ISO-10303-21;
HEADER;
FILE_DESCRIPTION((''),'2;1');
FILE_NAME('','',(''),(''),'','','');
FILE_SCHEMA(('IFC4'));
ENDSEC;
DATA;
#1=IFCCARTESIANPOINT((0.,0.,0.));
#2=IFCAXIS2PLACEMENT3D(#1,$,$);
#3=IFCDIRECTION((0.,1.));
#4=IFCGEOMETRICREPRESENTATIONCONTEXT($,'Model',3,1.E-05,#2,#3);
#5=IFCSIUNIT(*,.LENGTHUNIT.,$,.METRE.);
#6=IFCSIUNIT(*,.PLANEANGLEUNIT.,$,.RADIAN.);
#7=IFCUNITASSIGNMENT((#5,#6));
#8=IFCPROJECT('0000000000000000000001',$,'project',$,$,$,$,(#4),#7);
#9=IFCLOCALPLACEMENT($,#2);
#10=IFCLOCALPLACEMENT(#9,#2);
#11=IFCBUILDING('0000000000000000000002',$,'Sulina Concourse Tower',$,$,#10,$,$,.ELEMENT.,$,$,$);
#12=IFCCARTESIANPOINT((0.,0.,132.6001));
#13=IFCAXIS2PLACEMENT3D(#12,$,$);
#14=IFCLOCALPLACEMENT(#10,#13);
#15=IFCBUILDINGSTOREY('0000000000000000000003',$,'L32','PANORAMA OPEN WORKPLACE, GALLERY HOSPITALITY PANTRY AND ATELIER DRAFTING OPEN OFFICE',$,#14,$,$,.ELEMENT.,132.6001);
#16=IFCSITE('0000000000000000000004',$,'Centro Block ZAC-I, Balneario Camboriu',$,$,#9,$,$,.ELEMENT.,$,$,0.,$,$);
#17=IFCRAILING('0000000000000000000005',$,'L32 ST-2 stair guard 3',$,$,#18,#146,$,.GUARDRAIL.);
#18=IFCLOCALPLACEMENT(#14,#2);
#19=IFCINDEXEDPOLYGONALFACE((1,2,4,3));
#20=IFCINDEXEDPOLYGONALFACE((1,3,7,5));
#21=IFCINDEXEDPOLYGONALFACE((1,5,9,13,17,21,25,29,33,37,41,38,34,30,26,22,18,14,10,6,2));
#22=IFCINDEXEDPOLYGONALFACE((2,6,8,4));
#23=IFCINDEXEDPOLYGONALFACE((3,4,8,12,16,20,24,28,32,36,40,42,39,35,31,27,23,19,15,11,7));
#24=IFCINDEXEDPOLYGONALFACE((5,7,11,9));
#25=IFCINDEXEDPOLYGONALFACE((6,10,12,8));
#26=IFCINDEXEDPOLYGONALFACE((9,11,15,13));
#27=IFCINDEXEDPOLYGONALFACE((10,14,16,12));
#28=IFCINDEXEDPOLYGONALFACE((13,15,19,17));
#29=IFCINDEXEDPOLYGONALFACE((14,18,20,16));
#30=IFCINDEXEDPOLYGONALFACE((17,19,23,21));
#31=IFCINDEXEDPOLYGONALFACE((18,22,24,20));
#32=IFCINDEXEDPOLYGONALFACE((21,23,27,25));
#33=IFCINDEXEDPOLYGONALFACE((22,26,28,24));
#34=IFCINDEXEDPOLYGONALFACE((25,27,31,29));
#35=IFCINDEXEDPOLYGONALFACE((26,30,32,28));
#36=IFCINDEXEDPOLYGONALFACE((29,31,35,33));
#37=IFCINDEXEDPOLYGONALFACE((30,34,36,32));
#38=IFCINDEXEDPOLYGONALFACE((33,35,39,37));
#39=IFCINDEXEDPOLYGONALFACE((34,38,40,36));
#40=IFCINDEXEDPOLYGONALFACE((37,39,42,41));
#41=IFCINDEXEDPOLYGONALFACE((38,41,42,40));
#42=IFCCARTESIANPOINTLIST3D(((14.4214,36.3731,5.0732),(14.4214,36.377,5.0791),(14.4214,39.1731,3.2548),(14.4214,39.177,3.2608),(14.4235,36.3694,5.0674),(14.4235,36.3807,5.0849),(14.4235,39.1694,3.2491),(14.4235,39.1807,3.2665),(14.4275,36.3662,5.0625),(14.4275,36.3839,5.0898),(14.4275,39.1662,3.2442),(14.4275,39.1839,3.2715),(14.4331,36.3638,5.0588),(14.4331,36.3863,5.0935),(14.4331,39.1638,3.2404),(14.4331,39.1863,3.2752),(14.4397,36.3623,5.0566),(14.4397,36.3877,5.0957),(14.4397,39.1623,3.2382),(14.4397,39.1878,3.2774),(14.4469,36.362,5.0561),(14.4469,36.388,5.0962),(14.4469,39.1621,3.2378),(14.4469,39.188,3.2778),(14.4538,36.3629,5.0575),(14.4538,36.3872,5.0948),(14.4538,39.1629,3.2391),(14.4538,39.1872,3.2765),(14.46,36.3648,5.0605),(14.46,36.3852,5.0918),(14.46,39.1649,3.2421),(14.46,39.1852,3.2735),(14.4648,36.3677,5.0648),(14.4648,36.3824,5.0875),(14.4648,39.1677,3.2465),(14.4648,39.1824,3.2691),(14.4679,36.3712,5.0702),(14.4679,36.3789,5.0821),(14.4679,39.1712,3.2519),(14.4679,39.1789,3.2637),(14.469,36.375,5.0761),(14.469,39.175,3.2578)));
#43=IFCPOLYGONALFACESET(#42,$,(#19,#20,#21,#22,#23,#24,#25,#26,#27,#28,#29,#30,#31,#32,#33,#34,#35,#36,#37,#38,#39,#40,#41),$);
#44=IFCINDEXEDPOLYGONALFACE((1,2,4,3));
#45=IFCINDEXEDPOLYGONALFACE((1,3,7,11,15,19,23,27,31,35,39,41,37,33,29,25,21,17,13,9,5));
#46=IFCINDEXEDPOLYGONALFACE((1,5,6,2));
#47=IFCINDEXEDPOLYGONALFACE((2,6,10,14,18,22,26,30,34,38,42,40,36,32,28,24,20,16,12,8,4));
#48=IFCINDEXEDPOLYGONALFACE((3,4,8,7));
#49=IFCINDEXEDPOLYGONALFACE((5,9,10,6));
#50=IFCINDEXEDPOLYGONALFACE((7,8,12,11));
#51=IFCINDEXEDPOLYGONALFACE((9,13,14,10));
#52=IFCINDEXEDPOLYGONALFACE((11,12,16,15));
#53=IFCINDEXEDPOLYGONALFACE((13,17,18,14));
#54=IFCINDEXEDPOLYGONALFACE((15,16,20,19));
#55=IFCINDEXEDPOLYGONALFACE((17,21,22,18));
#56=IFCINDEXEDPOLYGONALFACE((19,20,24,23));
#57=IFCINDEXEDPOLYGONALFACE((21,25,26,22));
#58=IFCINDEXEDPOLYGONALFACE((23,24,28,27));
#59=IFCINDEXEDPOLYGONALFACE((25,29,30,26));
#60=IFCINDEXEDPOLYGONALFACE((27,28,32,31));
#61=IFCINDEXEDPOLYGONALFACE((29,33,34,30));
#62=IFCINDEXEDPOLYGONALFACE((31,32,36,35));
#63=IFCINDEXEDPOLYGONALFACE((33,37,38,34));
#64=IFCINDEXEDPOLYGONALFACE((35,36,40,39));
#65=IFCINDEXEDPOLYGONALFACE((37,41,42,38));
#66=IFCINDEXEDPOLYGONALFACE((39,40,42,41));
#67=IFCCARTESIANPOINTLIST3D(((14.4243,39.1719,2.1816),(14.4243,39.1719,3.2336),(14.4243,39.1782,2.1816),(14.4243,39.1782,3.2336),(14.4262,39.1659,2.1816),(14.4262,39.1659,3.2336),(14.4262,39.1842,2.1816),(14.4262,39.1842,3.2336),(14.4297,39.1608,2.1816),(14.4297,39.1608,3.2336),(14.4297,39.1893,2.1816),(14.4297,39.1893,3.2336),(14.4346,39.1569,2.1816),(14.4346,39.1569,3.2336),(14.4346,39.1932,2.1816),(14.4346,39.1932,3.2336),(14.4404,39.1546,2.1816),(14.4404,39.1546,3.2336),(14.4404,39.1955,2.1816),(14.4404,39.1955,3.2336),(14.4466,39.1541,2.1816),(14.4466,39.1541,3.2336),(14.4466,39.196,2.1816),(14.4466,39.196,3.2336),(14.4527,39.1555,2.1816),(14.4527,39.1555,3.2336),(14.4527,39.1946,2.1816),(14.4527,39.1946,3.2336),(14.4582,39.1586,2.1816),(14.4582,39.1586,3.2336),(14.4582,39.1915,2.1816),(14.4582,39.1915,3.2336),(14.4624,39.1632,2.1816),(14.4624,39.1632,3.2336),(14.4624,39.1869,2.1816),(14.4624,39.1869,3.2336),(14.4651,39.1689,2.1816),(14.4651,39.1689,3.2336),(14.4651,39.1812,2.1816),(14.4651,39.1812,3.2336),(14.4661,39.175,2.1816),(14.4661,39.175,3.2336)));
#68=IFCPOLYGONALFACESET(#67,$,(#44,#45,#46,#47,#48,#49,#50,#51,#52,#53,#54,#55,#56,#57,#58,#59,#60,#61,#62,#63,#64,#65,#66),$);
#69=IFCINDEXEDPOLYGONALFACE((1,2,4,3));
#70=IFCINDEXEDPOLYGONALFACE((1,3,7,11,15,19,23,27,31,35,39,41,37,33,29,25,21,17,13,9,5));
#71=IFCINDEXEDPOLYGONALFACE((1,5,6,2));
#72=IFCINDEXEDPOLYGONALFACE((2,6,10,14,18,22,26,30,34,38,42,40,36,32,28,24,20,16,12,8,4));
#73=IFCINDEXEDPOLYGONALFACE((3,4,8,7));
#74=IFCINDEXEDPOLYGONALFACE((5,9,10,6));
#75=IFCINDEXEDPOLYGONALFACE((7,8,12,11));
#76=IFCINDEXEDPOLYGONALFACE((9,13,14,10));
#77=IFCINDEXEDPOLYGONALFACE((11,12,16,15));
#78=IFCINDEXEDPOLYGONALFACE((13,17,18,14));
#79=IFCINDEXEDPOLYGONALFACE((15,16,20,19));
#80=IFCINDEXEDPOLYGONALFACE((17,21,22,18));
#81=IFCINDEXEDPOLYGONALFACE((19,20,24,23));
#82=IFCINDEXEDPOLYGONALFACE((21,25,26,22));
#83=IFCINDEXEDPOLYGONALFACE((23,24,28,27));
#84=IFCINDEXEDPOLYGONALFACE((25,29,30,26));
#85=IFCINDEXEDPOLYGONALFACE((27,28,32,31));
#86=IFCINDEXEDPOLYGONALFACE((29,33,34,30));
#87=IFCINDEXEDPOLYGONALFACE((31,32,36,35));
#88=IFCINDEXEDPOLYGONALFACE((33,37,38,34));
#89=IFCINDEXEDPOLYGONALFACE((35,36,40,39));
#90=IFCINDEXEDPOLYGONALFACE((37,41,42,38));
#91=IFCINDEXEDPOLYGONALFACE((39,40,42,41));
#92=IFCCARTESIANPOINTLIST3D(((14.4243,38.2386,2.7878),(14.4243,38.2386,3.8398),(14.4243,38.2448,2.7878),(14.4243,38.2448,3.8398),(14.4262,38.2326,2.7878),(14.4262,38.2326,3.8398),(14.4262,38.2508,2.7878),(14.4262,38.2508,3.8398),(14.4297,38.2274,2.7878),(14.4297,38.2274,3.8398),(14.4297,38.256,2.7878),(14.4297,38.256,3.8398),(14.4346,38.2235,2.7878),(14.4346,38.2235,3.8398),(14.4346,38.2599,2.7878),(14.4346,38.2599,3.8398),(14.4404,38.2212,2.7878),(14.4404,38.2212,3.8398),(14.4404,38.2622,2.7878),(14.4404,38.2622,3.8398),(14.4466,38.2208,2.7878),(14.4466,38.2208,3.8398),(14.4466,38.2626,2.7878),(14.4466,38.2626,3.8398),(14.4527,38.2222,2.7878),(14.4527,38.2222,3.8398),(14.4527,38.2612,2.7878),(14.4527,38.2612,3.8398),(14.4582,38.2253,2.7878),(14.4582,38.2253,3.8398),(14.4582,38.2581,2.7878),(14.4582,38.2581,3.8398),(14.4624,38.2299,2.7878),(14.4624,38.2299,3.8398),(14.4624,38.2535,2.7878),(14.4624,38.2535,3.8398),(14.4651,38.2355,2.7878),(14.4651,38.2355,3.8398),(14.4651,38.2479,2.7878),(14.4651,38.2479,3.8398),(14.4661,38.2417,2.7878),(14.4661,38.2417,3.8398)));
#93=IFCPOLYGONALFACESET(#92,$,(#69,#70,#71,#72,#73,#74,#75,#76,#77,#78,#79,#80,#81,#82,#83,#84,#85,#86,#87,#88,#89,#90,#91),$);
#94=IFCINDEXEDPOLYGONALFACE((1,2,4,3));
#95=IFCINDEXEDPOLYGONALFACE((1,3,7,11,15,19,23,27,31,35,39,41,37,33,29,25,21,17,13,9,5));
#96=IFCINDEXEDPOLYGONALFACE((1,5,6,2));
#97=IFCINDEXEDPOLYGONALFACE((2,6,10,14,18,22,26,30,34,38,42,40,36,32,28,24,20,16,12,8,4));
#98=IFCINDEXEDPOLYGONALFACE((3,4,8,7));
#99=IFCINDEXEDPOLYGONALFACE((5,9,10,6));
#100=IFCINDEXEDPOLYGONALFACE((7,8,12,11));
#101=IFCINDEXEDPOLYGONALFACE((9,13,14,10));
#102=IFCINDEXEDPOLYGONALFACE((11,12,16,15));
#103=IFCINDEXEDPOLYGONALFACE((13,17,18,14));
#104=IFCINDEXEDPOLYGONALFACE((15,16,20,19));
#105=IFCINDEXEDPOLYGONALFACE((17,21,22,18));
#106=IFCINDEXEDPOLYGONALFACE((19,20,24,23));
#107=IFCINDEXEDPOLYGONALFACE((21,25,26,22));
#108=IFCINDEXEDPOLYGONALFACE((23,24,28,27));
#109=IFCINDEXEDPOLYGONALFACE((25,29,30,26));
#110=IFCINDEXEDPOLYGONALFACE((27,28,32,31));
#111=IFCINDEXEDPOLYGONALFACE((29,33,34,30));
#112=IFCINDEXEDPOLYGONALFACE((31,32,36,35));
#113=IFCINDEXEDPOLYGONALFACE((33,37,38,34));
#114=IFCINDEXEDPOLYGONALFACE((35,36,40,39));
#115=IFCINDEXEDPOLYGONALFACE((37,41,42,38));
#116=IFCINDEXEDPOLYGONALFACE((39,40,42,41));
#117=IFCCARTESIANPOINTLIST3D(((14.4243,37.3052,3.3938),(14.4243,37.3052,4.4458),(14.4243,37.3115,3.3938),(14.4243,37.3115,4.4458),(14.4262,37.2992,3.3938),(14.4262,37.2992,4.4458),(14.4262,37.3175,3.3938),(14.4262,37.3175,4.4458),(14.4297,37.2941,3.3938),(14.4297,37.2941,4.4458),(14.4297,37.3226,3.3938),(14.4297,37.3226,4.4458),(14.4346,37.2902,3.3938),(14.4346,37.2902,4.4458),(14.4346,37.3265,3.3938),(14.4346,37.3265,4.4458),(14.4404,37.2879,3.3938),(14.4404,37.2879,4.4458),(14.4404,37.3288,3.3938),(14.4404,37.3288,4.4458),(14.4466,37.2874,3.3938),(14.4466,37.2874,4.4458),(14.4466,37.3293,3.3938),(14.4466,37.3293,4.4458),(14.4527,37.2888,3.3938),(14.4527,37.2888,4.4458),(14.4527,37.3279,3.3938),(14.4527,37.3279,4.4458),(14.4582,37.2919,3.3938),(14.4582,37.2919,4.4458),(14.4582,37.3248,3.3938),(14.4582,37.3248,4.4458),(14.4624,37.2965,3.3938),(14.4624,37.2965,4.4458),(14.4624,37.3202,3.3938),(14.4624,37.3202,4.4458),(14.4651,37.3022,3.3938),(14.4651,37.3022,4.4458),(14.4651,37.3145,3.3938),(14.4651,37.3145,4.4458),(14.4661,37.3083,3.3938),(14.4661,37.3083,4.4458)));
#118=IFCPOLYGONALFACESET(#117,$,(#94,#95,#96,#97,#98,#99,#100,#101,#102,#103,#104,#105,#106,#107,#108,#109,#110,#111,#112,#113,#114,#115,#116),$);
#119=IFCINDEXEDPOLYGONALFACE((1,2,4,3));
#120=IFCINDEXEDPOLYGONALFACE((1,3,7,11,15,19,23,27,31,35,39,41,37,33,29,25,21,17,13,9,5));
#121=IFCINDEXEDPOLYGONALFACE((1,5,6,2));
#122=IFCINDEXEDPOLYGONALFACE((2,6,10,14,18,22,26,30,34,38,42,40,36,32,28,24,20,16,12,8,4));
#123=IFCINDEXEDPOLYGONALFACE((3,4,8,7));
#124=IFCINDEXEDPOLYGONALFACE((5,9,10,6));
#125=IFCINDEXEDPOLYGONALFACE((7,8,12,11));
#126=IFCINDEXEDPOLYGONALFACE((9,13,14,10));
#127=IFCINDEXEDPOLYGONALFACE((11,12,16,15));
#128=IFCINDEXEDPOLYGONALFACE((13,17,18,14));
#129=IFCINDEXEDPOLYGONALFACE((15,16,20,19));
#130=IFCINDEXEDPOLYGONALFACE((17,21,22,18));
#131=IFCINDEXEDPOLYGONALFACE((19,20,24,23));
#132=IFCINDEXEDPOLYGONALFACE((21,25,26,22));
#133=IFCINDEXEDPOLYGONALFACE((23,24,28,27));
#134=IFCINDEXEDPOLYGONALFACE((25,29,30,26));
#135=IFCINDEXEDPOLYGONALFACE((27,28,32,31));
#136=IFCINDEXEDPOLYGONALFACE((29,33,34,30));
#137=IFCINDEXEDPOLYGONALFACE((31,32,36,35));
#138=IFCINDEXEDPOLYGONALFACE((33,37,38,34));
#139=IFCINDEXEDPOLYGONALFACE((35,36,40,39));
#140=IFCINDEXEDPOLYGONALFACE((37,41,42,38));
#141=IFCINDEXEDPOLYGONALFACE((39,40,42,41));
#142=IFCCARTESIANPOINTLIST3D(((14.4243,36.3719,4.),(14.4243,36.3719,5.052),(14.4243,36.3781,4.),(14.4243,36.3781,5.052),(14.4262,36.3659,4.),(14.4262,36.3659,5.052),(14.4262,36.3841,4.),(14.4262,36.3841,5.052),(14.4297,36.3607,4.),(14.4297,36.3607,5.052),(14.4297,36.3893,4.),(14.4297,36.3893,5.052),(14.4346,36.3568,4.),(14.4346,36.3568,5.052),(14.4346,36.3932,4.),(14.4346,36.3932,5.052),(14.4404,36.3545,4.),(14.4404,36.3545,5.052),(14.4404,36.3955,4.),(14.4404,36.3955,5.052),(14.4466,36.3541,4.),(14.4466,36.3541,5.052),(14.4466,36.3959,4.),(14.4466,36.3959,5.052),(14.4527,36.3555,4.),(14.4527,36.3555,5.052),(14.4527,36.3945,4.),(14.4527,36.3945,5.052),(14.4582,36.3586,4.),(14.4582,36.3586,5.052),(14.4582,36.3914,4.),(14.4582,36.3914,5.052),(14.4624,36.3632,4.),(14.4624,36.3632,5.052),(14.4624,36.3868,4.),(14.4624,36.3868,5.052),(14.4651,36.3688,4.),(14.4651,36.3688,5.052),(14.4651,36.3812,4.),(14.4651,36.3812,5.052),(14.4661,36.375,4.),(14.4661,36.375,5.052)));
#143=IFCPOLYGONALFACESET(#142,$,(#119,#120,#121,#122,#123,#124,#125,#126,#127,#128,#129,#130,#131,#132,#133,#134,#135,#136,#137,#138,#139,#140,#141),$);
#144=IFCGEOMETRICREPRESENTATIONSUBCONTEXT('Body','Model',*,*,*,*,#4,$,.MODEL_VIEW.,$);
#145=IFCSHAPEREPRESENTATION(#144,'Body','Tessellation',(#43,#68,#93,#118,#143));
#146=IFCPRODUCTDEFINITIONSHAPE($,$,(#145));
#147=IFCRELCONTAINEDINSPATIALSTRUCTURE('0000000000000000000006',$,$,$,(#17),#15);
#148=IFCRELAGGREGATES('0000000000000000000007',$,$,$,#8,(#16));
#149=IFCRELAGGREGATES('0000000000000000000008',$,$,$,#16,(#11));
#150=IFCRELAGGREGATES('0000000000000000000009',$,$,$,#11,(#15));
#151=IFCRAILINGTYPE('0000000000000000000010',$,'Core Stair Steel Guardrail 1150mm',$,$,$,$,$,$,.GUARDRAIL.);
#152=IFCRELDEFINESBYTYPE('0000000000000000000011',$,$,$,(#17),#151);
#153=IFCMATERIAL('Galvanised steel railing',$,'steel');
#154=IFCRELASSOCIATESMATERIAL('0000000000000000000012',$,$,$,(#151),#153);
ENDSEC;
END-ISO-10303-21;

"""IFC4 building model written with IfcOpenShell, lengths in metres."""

from ifc_helpers import new_model, si_unit, direction, frame, origin, origin_2d, place, context, subcontext, project, spatial, circle, extrude, material, type_object, element, save


model = new_model("IFC4")

# Units and contexts
model_context = context("Model", 3, precision=1e-05, world=origin(), true_north=direction((0.0, 1.0)))
body_context = subcontext(model_context, "Body", "Model", "MODEL_VIEW")
ifc_project = project(units=[si_unit("LENGTHUNIT", "METRE"), si_unit("PLANEANGLEUNIT", "RADIAN")], contexts=[model_context])

# Site, building, storey
site_placement = place(None, origin())
site = spatial("IfcSite", under=ifc_project, at=site_placement, Name="Centro Block ZAC-I, Balneario Camboriu", CompositionType="ELEMENT", RefElevation=0.0)
building_placement = place(site_placement, origin())
building = spatial("IfcBuilding", under=site, at=building_placement, Name="Sulina Concourse Tower", CompositionType="ELEMENT")
storey_placement = place(building_placement, frame((0.0, 0.0, 132.6001)))
storey = spatial("IfcBuildingStorey", under=building, at=storey_placement, Name="L32", Description="PANORAMA OPEN WORKPLACE, GALLERY HOSPITALITY PANTRY AND ATELIER DRAFTING OPEN OFFICE", CompositionType="ELEMENT", Elevation=132.6001)

# Railing
ifc_material_1 = material(Name="Galvanised steel railing", Category="steel")
railing_type_1 = type_object("IfcRailingType", Name="Core Stair Steel Guardrail 1150mm", PredefinedType="GUARDRAIL", material=ifc_material_1)
railing_1_placement = place(storey_placement, frame((14.4451, 39.175, 2.1816)))
element("IfcRailing", 1, at=railing_1_placement, inside=storey, type_object=railing_type_1, Name="L32 ST-2 stair guard 3", PredefinedType="GUARDRAIL", context=body_context, shape_type="SweptSolid", body=[
    extrude(circle(Radius=0.0239, at=origin_2d()), frame((0.0, 0.0, 1.0762), z_axis=(0.0, -0.838672, 0.544636), x_axis=(1.0, 0.0, 0.0)), (0.0, 0.0, 1.0), 3.3386),
    extrude(circle(Radius=0.021, at=origin_2d()), origin(), (0.0, 0.0, 1.0), 1.052),
    extrude(circle(Radius=0.021, at=origin_2d()), frame((0.0, -0.9333, 0.6062)), (0.0, 0.0, 1.0), 1.052),
    extrude(circle(Radius=0.021, at=origin_2d()), frame((0.0, -1.8667, 1.2122)), (0.0, 0.0, 1.0), 1.052),
    extrude(circle(Radius=0.021, at=origin_2d()), frame((0.0, -2.8, 1.8184)), (0.0, 0.0, 1.0), 1.052),
])

save(model, "model.ifc")
